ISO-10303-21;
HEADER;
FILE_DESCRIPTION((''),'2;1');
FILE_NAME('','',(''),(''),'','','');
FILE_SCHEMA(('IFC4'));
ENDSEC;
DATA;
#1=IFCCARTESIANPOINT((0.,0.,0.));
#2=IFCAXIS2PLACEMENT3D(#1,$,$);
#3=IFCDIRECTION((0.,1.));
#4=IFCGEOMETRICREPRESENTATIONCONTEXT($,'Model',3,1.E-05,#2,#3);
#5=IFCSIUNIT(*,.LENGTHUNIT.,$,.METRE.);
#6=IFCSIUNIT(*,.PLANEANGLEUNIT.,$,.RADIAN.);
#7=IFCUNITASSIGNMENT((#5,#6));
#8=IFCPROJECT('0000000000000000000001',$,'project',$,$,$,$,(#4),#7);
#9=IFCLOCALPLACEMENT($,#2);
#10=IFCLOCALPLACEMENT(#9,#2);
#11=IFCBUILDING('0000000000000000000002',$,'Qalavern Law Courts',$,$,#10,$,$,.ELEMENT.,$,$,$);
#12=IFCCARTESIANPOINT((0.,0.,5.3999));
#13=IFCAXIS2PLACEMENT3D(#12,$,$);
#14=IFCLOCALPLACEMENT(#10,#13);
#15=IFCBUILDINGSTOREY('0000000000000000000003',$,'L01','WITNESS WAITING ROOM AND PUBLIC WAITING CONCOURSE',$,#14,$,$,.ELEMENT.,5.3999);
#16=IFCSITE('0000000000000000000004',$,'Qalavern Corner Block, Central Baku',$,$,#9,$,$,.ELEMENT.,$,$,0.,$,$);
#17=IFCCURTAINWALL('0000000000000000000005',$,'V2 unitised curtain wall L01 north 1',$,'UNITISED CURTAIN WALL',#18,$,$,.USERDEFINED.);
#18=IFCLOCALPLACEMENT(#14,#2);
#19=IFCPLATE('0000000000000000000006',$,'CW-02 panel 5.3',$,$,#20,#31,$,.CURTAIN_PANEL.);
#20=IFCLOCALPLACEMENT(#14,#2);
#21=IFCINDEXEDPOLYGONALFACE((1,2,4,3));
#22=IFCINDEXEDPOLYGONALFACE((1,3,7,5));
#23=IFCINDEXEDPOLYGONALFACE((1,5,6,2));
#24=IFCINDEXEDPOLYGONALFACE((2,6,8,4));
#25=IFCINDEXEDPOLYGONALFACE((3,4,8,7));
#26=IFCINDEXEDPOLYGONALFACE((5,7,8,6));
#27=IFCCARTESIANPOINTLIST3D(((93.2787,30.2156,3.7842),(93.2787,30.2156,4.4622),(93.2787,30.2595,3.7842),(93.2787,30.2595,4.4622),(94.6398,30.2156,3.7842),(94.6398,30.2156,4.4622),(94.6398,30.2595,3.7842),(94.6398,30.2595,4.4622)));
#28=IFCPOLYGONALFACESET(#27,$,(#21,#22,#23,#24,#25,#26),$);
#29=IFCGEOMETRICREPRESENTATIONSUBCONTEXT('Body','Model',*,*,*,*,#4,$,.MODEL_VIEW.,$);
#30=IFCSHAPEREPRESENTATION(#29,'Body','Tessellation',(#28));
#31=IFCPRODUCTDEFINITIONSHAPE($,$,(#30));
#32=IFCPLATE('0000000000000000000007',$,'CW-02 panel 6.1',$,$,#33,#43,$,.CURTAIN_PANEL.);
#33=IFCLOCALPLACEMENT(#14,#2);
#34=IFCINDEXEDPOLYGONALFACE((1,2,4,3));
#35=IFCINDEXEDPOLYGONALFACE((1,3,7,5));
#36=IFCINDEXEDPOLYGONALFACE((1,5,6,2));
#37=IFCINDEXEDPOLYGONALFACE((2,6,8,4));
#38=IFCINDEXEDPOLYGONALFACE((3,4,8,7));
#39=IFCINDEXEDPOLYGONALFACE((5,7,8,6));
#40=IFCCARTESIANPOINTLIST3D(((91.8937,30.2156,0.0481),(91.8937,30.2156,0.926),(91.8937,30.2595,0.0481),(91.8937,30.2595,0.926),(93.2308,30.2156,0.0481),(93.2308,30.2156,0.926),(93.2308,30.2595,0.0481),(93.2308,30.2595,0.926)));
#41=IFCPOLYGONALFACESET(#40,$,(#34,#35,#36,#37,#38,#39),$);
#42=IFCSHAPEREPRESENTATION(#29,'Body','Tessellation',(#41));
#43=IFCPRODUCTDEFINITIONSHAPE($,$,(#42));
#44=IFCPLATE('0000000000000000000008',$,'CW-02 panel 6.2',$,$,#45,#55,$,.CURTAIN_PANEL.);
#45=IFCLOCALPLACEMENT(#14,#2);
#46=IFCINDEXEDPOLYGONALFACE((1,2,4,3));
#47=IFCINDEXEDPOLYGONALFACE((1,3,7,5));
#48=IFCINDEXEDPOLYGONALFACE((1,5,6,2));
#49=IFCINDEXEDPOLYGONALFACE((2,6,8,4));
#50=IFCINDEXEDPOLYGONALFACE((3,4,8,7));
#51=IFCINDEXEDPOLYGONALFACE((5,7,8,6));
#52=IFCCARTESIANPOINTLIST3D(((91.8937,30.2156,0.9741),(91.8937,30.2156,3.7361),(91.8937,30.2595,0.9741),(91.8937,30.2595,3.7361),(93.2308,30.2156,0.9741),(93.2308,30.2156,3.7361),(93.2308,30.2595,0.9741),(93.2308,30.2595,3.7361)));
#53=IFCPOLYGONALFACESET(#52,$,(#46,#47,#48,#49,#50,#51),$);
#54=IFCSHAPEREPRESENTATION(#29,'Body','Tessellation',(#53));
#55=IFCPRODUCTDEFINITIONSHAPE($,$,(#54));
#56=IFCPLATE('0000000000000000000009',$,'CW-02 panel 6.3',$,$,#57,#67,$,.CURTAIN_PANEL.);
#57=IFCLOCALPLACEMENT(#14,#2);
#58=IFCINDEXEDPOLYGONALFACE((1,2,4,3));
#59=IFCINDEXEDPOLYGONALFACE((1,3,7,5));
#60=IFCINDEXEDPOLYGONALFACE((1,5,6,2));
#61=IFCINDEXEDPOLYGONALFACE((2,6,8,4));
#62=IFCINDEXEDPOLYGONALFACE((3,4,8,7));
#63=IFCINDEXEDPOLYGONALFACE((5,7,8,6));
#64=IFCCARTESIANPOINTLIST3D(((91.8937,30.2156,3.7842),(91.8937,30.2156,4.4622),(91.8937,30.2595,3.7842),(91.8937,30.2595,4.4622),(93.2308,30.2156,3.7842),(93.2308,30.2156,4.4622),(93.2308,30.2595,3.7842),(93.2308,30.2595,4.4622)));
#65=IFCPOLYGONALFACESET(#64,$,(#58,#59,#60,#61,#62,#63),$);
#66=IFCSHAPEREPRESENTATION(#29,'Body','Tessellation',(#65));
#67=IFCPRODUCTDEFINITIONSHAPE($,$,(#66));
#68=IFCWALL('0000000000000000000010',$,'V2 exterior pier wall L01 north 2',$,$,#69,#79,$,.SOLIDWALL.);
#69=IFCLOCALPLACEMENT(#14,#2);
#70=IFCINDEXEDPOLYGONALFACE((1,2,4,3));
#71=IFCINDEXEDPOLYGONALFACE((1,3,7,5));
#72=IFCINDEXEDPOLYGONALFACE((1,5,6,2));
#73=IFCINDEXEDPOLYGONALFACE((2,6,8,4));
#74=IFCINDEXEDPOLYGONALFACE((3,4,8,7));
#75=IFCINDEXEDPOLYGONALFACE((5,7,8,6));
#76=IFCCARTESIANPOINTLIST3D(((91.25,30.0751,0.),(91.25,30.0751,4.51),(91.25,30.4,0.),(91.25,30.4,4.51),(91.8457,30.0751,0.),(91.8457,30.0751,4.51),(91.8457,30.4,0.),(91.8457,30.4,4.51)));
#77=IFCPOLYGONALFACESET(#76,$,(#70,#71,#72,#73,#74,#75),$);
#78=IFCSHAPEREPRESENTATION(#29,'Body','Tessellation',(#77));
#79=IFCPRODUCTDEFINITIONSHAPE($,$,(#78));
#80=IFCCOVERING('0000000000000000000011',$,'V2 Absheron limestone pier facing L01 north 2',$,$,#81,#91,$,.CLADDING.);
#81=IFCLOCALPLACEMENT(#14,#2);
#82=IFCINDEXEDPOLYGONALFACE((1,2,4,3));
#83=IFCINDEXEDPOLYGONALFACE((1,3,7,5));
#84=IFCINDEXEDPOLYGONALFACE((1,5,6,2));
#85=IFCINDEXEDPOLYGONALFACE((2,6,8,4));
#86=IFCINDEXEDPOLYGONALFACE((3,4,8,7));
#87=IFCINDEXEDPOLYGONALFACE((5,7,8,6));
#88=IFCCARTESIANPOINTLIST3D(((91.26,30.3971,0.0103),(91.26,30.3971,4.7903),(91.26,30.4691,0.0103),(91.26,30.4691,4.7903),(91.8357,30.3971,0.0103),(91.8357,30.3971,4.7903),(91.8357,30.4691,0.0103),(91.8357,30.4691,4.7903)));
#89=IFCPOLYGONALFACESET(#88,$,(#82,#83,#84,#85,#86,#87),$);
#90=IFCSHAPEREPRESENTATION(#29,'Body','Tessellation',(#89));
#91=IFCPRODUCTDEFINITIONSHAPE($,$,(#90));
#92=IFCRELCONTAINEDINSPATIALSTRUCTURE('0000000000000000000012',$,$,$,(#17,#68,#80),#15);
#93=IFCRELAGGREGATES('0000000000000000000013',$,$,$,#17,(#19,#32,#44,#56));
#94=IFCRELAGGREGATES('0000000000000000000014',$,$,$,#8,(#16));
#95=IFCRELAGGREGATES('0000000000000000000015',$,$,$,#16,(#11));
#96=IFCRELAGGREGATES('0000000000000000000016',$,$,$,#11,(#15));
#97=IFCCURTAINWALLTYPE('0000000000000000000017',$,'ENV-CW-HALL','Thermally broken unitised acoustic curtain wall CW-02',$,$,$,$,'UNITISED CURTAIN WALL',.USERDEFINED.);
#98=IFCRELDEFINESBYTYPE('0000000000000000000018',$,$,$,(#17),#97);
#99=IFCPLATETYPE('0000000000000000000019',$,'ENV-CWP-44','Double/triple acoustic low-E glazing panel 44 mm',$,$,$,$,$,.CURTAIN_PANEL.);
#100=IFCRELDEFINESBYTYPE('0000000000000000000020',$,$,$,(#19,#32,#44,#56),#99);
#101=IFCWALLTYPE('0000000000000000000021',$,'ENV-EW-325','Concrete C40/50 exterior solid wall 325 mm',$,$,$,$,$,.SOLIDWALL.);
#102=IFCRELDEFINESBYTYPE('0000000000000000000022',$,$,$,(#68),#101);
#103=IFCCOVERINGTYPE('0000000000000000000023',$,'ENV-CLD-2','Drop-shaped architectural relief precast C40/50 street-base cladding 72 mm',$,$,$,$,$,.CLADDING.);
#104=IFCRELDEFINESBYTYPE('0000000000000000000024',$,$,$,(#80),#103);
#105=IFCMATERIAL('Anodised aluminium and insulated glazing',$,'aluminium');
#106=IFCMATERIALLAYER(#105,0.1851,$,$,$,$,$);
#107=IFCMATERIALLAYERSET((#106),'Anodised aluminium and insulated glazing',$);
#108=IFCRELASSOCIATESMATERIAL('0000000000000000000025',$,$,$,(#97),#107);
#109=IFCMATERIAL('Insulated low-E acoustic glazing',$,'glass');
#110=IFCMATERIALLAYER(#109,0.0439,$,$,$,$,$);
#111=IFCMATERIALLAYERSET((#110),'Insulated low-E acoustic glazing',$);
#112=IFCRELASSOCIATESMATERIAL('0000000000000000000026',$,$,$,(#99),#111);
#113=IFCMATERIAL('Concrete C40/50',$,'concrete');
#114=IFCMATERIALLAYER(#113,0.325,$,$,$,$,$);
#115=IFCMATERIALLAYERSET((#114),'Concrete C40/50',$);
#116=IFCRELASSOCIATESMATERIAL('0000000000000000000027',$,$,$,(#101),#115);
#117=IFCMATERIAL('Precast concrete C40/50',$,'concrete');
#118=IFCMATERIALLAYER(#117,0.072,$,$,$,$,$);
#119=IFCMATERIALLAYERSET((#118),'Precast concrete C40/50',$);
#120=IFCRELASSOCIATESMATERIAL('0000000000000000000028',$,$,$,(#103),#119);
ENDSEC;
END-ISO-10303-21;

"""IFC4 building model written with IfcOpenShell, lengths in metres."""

from ifc_helpers import new_model, si_unit, direction, frame, frame_2d, origin, origin_2d, place, context, subcontext, project, spatial, rectangle, extrude, material, layer, layer_set, type_object, element, aggregate, save


model = new_model("IFC4")

# Units and contexts
model_context = context("Model", 3, precision=1e-05, world=origin(), true_north=direction((0.0, 1.0)))
body_context = subcontext(model_context, "Body", "Model", "MODEL_VIEW")
ifc_project = project(units=[si_unit("LENGTHUNIT", "METRE"), si_unit("PLANEANGLEUNIT", "RADIAN")], contexts=[model_context])

# Site, building, storey
site_placement = place(None, origin())
site = spatial("IfcSite", under=ifc_project, at=site_placement, Name="Qalavern Corner Block, Central Baku", CompositionType="ELEMENT", RefElevation=0.0)
building_placement = place(site_placement, origin())
building = spatial("IfcBuilding", under=site, at=building_placement, Name="Qalavern Law Courts", CompositionType="ELEMENT")
storey_placement = place(building_placement, frame((0.0, 0.0, 5.3999)))
storey = spatial("IfcBuildingStorey", under=building, at=storey_placement, Name="L01", Description="WITNESS WAITING ROOM AND PUBLIC WAITING CONCOURSE", CompositionType="ELEMENT", Elevation=5.3999)

# Curtain wall
ifc_material_1 = material(Name="Anodised aluminium and insulated glazing", Category="aluminium")
ifc_layer_1 = layer(ifc_material_1, 0.1851)
ifc_layer_set_1 = layer_set([ifc_layer_1], Name="Anodised aluminium and insulated glazing")
curtain_wall_type = type_object("IfcCurtainWallType", Name="ENV-CW-HALL", Description="Thermally broken unitised acoustic curtain wall CW-02", ElementType="UNITISED CURTAIN WALL", PredefinedType="USERDEFINED", material=ifc_layer_set_1)
curtain_wall_placement = place(storey_placement, origin())
curtain_wall = element("IfcCurtainWall", 1, at=curtain_wall_placement, inside=storey, type_object=curtain_wall_type, Name="V2 unitised curtain wall L01 north 1", ObjectType="UNITISED CURTAIN WALL", PredefinedType="USERDEFINED")

# Shared definitions
ifc_material_2 = material(Name="Concrete C40/50", Category="concrete")

# Plates
ifc_material_3 = material(Name="Insulated low-E acoustic glazing", Category="glass")
ifc_layer_2 = layer(ifc_material_3, 0.0439)
ifc_layer_set_2 = layer_set([ifc_layer_2], Name="Insulated low-E acoustic glazing")
plate_type = type_object("IfcPlateType", Name="ENV-CWP-44", Description="Double/triple acoustic low-E glazing panel 44 mm", PredefinedType="CURTAIN_PANEL", material=ifc_layer_set_2)
plate_1_placement = place(storey_placement, frame((93.9592, 30.2375, 3.7842), z_axis=(0.0, 0.0, 1.0), x_axis=(-1.0, 0.0, 0.0)))
plate_1 = element("IfcPlate", 2, at=plate_1_placement, type_object=plate_type, Name="CW-02 panel 5.3", PredefinedType="CURTAIN_PANEL", context=body_context, shape_type="SweptSolid", body=[
    extrude(rectangle(XDim=1.3611, YDim=0.0439, at=origin_2d()), origin(), (0.0, 0.0, 1.0), 0.678),
])
plate_2_placement = place(storey_placement, frame((92.5623, 30.2375, 0.0481), z_axis=(0.0, 0.0, 1.0), x_axis=(-1.0, 0.0, 0.0)))
plate_2 = element("IfcPlate", 3, at=plate_2_placement, type_object=plate_type, Name="CW-02 panel 6.1", PredefinedType="CURTAIN_PANEL", context=body_context, shape_type="SweptSolid", body=[
    extrude(rectangle(XDim=1.3372, YDim=0.0439, at=origin_2d()), origin(), (0.0, 0.0, 1.0), 0.8779),
])
plate_3_placement = place(storey_placement, frame((92.5623, 30.2375, 0.9741), z_axis=(0.0, 0.0, 1.0), x_axis=(-1.0, 0.0, 0.0)))
plate_3 = element("IfcPlate", 4, at=plate_3_placement, type_object=plate_type, Name="CW-02 panel 6.2", PredefinedType="CURTAIN_PANEL", context=body_context, shape_type="SweptSolid", body=[
    extrude(rectangle(XDim=1.3372, YDim=0.0439, at=origin_2d()), origin(), (0.0, 0.0, 1.0), 2.762),
])
plate_4_placement = place(storey_placement, frame((92.5623, 30.2375, 3.7842), z_axis=(0.0, 0.0, 1.0), x_axis=(-1.0, 0.0, 0.0)))
plate_4 = element("IfcPlate", 5, at=plate_4_placement, type_object=plate_type, Name="CW-02 panel 6.3", PredefinedType="CURTAIN_PANEL", context=body_context, shape_type="SweptSolid", body=[
    extrude(rectangle(XDim=1.3372, YDim=0.0439, at=origin_2d()), origin(), (0.0, 0.0, 1.0), 0.678),
])
aggregate(curtain_wall, [plate_1, plate_2, plate_3, plate_4])

# Wall
ifc_layer_3 = layer(ifc_material_2, 0.325)
ifc_layer_set_3 = layer_set([ifc_layer_3], Name="Concrete C40/50")
wall_type = type_object("IfcWallType", Name="ENV-EW-325", Description="Concrete C40/50 exterior solid wall 325 mm", PredefinedType="SOLIDWALL", material=ifc_layer_set_3)
wall_placement = place(storey_placement, frame((91.8457, 30.2375, 0.0), z_axis=(0.0, 0.0, 1.0), x_axis=(-1.0, 0.0, 0.0)))
element("IfcWall", 6, at=wall_placement, inside=storey, type_object=wall_type, Name="V2 exterior pier wall L01 north 2", PredefinedType="SOLIDWALL", context=body_context, shape_type="SweptSolid", body=[
    extrude(rectangle(XDim=0.5957, YDim=0.325, at=frame_2d((0.2979, 0.0))), origin(), (0.0, 0.0, 1.0), 4.51),
])

# Covering
ifc_material_4 = material(Name="Precast concrete C40/50", Category="concrete")
ifc_layer_4 = layer(ifc_material_4, 0.072)
ifc_layer_set_4 = layer_set([ifc_layer_4], Name="Precast concrete C40/50")
covering_type = type_object("IfcCoveringType", Name="ENV-CLD-2", Description="Drop-shaped architectural relief precast C40/50 street-base cladding 72 mm", PredefinedType="CLADDING", material=ifc_layer_set_4)
covering_placement = place(storey_placement, frame((91.5479, 30.4331, 0.0103), z_axis=(0.0, 0.0, 1.0), x_axis=(-1.0, 0.0, 0.0)))
element("IfcCovering", 7, at=covering_placement, inside=storey, type_object=covering_type, Name="V2 Absheron limestone pier facing L01 north 2", PredefinedType="CLADDING", context=body_context, shape_type="SweptSolid", body=[
    extrude(rectangle(XDim=0.5757, YDim=0.072, at=origin_2d()), origin(), (0.0, 0.0, 1.0), 4.78),
])

save(model, "model.ifc")
